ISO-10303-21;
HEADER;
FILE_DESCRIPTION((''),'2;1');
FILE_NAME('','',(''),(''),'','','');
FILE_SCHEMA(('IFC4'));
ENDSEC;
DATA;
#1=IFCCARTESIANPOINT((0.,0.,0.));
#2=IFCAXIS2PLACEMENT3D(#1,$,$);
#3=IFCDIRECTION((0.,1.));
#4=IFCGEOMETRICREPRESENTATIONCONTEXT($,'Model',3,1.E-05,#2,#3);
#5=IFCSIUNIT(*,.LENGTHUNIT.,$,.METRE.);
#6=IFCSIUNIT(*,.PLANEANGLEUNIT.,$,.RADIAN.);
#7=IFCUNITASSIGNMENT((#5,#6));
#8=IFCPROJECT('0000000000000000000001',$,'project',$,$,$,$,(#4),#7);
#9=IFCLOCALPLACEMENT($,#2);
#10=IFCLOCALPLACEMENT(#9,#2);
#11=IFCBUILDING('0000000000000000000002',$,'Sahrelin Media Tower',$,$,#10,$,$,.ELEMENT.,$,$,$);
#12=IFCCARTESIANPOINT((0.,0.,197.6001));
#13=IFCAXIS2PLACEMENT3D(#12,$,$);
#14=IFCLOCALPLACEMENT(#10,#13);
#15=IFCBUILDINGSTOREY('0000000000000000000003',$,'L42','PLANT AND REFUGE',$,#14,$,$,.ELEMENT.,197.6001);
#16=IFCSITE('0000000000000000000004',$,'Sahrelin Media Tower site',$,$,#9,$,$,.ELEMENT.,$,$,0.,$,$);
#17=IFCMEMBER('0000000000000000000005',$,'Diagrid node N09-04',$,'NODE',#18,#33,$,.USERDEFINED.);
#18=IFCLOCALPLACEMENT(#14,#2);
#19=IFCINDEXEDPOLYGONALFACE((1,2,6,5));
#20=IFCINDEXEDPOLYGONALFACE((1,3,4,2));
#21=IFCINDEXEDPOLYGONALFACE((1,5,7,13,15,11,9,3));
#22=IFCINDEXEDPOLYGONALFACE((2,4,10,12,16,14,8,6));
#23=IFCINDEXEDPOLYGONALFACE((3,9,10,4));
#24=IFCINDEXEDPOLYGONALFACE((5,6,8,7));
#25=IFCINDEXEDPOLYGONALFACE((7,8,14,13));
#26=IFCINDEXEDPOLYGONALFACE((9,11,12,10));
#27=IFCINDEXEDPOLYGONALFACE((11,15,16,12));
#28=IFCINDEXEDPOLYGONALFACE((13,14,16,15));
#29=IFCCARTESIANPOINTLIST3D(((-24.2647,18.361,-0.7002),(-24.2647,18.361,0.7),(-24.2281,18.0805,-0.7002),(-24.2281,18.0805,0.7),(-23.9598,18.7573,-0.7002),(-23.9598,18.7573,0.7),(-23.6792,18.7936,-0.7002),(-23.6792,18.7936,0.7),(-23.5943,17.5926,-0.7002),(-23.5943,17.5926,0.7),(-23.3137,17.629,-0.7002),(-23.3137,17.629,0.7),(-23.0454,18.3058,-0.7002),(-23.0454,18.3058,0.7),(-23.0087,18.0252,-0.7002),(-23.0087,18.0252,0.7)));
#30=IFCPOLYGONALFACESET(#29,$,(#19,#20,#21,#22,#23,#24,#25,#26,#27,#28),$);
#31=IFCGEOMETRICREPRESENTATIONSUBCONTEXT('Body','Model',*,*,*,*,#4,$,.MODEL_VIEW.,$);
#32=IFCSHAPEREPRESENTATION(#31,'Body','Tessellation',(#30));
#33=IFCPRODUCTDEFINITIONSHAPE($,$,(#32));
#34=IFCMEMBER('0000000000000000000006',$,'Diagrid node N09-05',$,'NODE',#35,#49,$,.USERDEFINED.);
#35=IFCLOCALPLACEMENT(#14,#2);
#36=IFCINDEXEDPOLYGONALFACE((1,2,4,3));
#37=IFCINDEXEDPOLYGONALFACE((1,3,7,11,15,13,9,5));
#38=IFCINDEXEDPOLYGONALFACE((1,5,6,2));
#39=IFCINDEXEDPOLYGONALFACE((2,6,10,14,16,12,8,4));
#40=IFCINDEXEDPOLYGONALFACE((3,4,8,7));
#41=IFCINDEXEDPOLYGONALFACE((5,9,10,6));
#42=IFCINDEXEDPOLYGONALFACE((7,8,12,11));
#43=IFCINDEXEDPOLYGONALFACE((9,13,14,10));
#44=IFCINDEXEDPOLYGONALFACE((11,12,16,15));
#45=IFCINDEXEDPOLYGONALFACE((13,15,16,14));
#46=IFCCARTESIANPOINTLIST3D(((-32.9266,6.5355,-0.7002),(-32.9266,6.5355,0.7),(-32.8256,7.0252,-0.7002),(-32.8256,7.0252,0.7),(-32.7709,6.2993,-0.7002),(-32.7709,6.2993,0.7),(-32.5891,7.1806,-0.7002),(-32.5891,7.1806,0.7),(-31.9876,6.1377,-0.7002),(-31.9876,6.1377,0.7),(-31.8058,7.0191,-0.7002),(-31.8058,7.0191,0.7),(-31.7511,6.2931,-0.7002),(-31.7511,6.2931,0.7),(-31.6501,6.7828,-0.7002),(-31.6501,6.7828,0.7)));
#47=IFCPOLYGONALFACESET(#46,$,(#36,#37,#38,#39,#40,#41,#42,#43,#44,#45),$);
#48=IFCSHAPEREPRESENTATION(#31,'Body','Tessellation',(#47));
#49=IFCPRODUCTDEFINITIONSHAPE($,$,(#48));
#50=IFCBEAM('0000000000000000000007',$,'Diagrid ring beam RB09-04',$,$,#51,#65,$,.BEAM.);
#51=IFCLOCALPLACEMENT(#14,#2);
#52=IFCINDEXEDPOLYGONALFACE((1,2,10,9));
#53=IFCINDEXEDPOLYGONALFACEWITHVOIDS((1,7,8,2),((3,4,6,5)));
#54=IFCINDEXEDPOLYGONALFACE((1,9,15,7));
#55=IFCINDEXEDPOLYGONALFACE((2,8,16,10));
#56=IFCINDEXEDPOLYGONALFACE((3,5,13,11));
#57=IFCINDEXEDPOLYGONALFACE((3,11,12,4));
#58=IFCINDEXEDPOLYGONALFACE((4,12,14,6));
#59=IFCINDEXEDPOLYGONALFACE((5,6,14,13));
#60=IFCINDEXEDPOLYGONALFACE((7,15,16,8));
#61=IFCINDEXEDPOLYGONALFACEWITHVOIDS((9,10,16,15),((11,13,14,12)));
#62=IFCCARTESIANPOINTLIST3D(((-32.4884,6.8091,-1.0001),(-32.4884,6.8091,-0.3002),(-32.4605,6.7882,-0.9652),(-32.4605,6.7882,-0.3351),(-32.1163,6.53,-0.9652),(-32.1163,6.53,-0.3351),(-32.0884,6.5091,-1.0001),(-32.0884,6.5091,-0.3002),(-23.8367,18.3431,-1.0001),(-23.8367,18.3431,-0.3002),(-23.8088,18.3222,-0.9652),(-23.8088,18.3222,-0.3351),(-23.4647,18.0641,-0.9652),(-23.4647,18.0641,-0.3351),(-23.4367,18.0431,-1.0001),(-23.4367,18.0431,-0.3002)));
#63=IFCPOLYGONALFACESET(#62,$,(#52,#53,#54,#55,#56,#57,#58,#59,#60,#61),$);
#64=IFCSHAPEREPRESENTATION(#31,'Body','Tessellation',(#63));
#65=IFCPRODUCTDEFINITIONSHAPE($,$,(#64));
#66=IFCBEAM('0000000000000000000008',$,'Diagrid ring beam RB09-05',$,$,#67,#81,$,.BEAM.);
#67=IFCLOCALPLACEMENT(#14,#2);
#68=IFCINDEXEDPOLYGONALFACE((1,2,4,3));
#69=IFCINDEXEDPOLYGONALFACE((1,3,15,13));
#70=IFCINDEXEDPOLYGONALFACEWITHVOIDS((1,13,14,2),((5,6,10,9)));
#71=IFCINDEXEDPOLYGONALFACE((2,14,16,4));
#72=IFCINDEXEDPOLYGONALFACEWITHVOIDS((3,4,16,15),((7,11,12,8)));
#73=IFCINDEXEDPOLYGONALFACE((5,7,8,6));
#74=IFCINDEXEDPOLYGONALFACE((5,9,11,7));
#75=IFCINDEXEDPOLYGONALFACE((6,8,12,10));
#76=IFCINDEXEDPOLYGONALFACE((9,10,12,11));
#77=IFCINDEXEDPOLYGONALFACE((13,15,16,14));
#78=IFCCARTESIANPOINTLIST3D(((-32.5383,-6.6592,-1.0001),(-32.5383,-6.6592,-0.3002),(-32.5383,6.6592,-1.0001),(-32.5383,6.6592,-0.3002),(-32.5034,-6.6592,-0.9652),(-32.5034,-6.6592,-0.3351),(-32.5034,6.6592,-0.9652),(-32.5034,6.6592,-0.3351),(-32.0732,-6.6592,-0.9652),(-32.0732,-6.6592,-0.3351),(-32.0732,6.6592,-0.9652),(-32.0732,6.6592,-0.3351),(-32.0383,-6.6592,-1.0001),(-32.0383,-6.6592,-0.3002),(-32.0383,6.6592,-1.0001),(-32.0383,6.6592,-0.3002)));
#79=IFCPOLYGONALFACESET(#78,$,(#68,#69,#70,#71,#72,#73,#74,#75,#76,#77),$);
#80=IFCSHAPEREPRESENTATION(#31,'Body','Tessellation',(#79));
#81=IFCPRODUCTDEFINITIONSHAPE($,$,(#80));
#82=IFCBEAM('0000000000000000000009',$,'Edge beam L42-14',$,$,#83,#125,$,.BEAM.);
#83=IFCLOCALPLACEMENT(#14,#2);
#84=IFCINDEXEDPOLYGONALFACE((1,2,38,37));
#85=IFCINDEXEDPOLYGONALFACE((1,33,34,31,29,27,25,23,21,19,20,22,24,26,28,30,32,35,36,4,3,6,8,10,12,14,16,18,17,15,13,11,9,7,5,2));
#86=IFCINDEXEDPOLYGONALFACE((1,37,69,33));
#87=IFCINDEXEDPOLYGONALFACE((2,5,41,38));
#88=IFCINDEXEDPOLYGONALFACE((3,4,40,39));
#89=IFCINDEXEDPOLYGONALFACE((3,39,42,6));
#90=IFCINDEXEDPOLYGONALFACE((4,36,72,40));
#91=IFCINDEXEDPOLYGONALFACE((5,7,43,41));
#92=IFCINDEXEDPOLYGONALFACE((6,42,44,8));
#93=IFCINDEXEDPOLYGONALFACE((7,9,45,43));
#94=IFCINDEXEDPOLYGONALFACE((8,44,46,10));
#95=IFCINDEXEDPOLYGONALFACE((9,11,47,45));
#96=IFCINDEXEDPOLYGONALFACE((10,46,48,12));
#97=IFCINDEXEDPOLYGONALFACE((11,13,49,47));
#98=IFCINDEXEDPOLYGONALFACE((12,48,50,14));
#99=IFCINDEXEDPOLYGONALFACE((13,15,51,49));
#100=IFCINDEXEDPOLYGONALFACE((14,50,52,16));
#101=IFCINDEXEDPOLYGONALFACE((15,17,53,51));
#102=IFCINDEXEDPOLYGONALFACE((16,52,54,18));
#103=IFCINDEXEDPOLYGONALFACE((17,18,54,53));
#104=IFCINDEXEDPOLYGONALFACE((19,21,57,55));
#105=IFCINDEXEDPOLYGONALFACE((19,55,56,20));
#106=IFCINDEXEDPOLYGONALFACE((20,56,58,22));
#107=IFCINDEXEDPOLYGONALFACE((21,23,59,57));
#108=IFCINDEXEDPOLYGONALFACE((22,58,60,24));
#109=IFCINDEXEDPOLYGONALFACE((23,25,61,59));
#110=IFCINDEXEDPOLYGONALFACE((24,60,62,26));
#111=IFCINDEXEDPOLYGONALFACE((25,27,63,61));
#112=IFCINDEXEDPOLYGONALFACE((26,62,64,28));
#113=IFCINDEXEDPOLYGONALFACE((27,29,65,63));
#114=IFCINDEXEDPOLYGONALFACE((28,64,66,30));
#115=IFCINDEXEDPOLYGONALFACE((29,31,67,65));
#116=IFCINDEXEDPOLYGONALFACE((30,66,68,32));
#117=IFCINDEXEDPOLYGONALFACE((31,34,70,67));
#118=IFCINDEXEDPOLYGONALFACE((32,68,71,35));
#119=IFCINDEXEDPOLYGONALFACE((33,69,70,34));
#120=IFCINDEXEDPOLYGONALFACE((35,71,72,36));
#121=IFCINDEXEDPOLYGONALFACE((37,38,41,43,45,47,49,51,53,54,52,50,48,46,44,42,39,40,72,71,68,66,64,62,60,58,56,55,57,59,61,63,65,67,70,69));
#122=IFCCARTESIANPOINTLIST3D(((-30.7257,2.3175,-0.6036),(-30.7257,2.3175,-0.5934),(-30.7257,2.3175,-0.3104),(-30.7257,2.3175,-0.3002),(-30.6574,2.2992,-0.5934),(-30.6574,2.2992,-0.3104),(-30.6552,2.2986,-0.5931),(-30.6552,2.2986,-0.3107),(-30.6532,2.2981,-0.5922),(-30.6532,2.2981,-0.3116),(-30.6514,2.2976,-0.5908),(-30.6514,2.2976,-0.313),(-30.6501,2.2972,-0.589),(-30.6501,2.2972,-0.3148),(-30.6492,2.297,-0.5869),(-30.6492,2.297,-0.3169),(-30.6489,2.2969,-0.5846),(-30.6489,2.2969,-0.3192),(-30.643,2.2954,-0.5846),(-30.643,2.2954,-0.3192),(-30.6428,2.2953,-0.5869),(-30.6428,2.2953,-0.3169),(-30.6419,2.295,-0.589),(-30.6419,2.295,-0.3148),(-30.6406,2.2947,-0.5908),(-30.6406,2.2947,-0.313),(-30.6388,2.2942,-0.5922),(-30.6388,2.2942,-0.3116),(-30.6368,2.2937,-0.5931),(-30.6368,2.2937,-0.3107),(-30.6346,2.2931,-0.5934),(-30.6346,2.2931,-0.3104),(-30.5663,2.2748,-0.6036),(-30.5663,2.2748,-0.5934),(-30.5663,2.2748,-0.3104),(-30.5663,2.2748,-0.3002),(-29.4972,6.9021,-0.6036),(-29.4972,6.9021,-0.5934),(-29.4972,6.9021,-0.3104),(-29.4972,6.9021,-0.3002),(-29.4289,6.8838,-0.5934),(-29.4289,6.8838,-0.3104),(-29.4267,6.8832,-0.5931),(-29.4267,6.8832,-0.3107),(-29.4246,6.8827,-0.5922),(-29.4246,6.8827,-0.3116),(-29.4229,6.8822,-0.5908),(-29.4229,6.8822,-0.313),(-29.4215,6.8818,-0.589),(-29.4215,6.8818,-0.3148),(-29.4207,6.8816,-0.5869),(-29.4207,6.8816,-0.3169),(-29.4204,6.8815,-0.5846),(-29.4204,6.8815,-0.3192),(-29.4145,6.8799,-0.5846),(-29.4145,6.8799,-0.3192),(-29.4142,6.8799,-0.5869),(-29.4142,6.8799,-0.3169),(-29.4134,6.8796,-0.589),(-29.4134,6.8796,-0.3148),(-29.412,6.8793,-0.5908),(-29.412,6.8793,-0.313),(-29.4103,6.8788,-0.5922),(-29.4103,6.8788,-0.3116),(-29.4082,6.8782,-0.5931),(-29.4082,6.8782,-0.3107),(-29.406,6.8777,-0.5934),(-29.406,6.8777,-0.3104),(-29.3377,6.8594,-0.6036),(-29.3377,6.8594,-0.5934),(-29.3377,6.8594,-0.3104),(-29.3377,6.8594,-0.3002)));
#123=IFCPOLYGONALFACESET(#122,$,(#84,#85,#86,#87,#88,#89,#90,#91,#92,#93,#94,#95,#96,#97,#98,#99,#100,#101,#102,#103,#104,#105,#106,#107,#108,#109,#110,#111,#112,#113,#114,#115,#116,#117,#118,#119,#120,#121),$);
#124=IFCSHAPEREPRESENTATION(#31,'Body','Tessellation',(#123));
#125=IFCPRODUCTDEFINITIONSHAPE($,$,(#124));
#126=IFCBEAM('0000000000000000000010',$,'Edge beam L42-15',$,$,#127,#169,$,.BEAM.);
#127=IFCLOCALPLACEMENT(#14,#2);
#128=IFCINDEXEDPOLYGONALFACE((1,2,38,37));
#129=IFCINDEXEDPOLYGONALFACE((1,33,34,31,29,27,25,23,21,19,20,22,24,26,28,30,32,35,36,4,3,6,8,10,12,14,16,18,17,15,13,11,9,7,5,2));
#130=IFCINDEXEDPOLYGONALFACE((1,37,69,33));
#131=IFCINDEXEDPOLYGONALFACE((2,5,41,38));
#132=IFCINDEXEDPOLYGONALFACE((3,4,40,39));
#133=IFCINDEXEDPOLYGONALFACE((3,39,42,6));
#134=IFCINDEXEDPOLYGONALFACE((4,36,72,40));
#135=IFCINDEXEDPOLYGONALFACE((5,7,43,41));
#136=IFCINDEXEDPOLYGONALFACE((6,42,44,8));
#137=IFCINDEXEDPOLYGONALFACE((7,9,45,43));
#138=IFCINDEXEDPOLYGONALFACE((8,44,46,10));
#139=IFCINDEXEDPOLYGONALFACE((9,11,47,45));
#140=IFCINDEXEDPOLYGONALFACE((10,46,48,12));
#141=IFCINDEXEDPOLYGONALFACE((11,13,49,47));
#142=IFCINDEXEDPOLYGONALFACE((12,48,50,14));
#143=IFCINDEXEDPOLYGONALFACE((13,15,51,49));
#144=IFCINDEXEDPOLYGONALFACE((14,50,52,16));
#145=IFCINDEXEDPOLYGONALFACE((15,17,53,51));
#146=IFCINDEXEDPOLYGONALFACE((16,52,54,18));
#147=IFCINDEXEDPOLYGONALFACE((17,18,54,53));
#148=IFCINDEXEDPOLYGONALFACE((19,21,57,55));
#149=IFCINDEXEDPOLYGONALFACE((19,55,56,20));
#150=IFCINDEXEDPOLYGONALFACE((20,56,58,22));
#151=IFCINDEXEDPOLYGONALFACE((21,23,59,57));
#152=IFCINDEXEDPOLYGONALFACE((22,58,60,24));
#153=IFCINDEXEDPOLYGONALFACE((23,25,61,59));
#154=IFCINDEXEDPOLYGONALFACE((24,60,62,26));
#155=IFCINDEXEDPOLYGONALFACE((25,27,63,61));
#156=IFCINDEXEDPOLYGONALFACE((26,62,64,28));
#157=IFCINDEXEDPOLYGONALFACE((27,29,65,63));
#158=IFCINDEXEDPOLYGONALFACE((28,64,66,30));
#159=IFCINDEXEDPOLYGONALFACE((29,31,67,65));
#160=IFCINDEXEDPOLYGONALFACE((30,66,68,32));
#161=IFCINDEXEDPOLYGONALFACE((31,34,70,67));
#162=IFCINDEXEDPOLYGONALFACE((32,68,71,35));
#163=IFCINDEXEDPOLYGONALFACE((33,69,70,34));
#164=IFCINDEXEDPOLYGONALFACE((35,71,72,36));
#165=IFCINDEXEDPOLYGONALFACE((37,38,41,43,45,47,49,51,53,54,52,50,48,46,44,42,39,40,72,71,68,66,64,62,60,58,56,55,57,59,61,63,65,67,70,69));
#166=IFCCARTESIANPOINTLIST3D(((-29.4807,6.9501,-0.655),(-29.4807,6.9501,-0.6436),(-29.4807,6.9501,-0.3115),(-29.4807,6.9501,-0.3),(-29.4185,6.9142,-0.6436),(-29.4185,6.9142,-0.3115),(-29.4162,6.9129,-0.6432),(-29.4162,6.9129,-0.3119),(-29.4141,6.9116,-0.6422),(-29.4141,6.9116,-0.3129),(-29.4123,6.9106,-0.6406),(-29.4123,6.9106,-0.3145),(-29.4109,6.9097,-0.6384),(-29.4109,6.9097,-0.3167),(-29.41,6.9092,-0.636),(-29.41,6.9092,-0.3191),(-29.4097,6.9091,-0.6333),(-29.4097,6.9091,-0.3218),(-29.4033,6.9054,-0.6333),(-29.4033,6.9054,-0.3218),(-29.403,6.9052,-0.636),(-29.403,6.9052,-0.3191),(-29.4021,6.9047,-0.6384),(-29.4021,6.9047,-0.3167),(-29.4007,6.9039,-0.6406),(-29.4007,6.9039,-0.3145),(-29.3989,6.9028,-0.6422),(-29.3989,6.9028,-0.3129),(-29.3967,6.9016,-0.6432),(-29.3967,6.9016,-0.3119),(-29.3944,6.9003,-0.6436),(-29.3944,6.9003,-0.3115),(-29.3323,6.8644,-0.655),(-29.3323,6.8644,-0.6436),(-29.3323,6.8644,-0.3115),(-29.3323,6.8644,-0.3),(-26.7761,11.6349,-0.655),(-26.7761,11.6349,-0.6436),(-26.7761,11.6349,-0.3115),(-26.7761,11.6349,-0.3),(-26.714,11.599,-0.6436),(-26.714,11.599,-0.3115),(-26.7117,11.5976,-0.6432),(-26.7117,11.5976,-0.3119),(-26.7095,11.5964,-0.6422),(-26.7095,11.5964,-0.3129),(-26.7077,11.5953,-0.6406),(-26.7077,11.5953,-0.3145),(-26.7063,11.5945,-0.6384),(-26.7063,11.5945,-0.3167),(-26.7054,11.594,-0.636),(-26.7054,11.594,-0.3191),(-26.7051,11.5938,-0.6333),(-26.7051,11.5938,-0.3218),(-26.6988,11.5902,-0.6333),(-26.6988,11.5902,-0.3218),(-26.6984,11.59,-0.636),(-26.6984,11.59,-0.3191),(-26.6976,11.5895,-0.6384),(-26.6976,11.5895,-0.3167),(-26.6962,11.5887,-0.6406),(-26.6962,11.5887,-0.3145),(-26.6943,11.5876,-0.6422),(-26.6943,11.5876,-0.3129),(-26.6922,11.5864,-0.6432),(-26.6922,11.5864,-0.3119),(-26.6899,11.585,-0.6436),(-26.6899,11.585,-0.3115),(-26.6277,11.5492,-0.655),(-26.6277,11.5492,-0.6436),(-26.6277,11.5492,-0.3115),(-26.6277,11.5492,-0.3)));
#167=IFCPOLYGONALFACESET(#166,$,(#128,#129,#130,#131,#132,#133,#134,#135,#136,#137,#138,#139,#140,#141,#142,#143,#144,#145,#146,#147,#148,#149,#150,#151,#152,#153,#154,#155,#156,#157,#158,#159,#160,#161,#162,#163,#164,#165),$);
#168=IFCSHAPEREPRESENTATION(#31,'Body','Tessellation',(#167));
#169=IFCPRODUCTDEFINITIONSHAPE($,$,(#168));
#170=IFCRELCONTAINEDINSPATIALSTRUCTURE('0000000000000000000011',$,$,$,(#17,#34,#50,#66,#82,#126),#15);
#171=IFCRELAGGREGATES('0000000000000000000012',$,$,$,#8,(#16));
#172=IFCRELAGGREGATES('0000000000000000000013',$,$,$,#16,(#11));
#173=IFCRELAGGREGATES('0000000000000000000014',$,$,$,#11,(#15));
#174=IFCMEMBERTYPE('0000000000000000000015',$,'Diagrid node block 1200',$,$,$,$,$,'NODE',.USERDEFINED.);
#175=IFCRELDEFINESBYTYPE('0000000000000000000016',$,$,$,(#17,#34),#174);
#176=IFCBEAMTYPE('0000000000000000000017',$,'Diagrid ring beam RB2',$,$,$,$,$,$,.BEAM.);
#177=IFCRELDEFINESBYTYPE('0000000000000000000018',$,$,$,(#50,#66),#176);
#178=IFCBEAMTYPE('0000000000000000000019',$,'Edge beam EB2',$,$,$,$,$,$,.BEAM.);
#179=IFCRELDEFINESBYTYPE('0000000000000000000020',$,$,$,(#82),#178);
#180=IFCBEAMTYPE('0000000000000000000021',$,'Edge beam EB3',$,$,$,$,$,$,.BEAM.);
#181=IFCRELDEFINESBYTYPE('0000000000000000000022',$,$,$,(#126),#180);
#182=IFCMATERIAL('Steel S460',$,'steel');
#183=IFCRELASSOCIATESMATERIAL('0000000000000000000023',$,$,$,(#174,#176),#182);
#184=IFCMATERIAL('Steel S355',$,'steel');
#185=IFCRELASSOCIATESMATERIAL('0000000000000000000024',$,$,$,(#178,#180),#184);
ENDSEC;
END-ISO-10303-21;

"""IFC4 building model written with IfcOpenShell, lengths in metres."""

from ifc_helpers import new_model, si_unit, direction, frame, origin, origin_2d, place, context, subcontext, project, spatial, polyline, hollow_rectangle, i_section, outline, extrude, material, material_profile, profile_set, type_object, element, save


model = new_model("IFC4")

# Units and contexts
model_context = context("Model", 3, precision=1e-05, world=origin(), true_north=direction((0.0, 1.0)))
body_context = subcontext(model_context, "Body", "Model", "MODEL_VIEW")
ifc_project = project(units=[si_unit("LENGTHUNIT", "METRE"), si_unit("PLANEANGLEUNIT", "RADIAN")], contexts=[model_context])

# Site, building, storey
site_placement = place(None, origin())
site = spatial("IfcSite", under=ifc_project, at=site_placement, Name="Sahrelin Media Tower site", CompositionType="ELEMENT", RefElevation=0.0)
building_placement = place(site_placement, origin())
building = spatial("IfcBuilding", under=site, at=building_placement, Name="Sahrelin Media Tower", CompositionType="ELEMENT")
storey_placement = place(building_placement, frame((0.0, 0.0, 197.6001)))
storey = spatial("IfcBuildingStorey", under=building, at=storey_placement, Name="L42", Description="PLANT AND REFUGE", CompositionType="ELEMENT", Elevation=197.6001)

# Members
ifc_material_1 = material(Name="Steel S460", Category="steel")
ifc_material_profile_1 = material_profile(ifc_material_1, outline(polyline([(0.3999, -0.45), (0.6001, -0.25), (0.6001, 0.25), (0.3999, 0.45), (-0.3999, 0.45), (-0.6001, 0.25), (-0.6001, -0.25), (-0.3999, -0.45), (0.3999, -0.45)])), Name="Diagrid node block 1200")
ifc_profile_set_1 = profile_set([ifc_material_profile_1], Name="Steel S460")
member_type_1 = type_object("IfcMemberType", Name="Diagrid node block 1200", ElementType="NODE", PredefinedType="USERDEFINED", material=ifc_profile_set_1)
for number, where, z_axis, x_axis, name in (
    (1, (-23.6367, 18.1931, -0.7002), (0.0, 0.0, 1.0), (-0.792446, 0.609942, 0.0), "Diagrid node N09-04"),
    (2, (-32.2883, 6.6592, -0.7002), (0.0, 0.0, 1.0), (-0.979388, 0.201987, 0.0), "Diagrid node N09-05"),
):
    element("IfcMember", number, at=place(storey_placement, frame(where, z_axis=z_axis, x_axis=x_axis)), inside=storey, type_object=member_type_1, Name=name, ObjectType="NODE", PredefinedType="USERDEFINED", context=body_context, shape_type="SweptSolid", body=[
        extrude(outline(polyline([(0.3999, -0.45), (0.6001, -0.25), (0.6001, 0.25), (0.3999, 0.45), (-0.3999, 0.45), (-0.6001, 0.25), (-0.6001, -0.25), (-0.3999, -0.45), (0.3999, -0.45)])), origin(), (0.0, 0.0, 1.0), 1.4001),
    ])

# Beams
ifc_material_profile_2 = material_profile(ifc_material_1, hollow_rectangle(XDim=0.5, YDim=0.7, WallThickness=0.0349, at=origin_2d()), Name="Diagrid ring beam RB2")
ifc_profile_set_2 = profile_set([ifc_material_profile_2], Name="Steel S460")
beam_type_1 = type_object("IfcBeamType", Name="Diagrid ring beam RB2", PredefinedType="BEAM", material=ifc_profile_set_2)
beam_1_placement = place(storey_placement, frame((-23.6367, 18.1931, -0.6501), z_axis=(-0.600051, -0.799961, 0.0), x_axis=(0.799961, -0.600051, 0.0)))
element("IfcBeam", 3, at=beam_1_placement, inside=storey, type_object=beam_type_1, Name="Diagrid ring beam RB09-04", PredefinedType="BEAM", context=body_context, shape_type="SweptSolid", body=[
    extrude(hollow_rectangle(XDim=0.5, YDim=0.7, WallThickness=0.0349, at=origin_2d()), origin(), (0.0, 0.0, 1.0), 14.4182),
])
beam_2_placement = place(storey_placement, frame((-32.2883, 6.6592, -0.6501), z_axis=(0.0, -1.0, 0.0), x_axis=(1.0, 0.0, 0.0)))
element("IfcBeam", 4, at=beam_2_placement, inside=storey, type_object=beam_type_1, Name="Diagrid ring beam RB09-05", PredefinedType="BEAM", context=body_context, shape_type="SweptSolid", body=[
    extrude(hollow_rectangle(XDim=0.5, YDim=0.7, WallThickness=0.0349, at=origin_2d()), origin(), (0.0, 0.0, 1.0), 13.3184),
])
ifc_material_2 = material(Name="Steel S355", Category="steel")
ifc_material_profile_3 = material_profile(ifc_material_2, i_section(OverallWidth=0.165, OverallDepth=0.3035, WebThickness=0.0061, FlangeThickness=0.0103, FilletRadius=0.0088, at=origin_2d()), Name="UB 305x165x40")
ifc_profile_set_3 = profile_set([ifc_material_profile_3], Name="Steel S355")
beam_type_2 = type_object("IfcBeamType", Name="Edge beam EB2", PredefinedType="BEAM", material=ifc_profile_set_3)
beam_3_placement = place(storey_placement, frame((-30.646, 2.2961, -0.4519), z_axis=(0.258841, 0.96592, 0.0), x_axis=(-0.96592, 0.258841, 0.0)))
element("IfcBeam", 5, at=beam_3_placement, inside=storey, type_object=beam_type_2, Name="Edge beam L42-14", PredefinedType="BEAM", context=body_context, shape_type="SweptSolid", body=[
    extrude(i_section(OverallWidth=0.165, OverallDepth=0.3035, WebThickness=0.0061, FlangeThickness=0.0103, FilletRadius=0.0088, at=origin_2d()), origin(), (0.0, 0.0, 1.0), 4.7463),
])
ifc_material_profile_4 = material_profile(ifc_material_2, i_section(OverallWidth=0.1714, OverallDepth=0.355, WebThickness=0.0073, FlangeThickness=0.0115, FilletRadius=0.0103, at=origin_2d()), Name="UB 356x171x51")
ifc_profile_set_4 = profile_set([ifc_material_profile_4], Name="Steel S355")
beam_type_3 = type_object("IfcBeamType", Name="Edge beam EB3", PredefinedType="BEAM", material=ifc_profile_set_4)
beam_4_placement = place(storey_placement, frame((-29.4065, 6.9072, -0.4775), z_axis=(0.499974, 0.866041, 0.0), x_axis=(-0.866041, 0.499974, 0.0)))
element("IfcBeam", 6, at=beam_4_placement, inside=storey, type_object=beam_type_3, Name="Edge beam L42-15", PredefinedType="BEAM", context=body_context, shape_type="SweptSolid", body=[
    extrude(i_section(OverallWidth=0.1714, OverallDepth=0.355, WebThickness=0.0073, FlangeThickness=0.0115, FilletRadius=0.0103, at=origin_2d()), origin(), (0.0, 0.0, 1.0), 5.4094),
])

save(model, "model.ifc")
